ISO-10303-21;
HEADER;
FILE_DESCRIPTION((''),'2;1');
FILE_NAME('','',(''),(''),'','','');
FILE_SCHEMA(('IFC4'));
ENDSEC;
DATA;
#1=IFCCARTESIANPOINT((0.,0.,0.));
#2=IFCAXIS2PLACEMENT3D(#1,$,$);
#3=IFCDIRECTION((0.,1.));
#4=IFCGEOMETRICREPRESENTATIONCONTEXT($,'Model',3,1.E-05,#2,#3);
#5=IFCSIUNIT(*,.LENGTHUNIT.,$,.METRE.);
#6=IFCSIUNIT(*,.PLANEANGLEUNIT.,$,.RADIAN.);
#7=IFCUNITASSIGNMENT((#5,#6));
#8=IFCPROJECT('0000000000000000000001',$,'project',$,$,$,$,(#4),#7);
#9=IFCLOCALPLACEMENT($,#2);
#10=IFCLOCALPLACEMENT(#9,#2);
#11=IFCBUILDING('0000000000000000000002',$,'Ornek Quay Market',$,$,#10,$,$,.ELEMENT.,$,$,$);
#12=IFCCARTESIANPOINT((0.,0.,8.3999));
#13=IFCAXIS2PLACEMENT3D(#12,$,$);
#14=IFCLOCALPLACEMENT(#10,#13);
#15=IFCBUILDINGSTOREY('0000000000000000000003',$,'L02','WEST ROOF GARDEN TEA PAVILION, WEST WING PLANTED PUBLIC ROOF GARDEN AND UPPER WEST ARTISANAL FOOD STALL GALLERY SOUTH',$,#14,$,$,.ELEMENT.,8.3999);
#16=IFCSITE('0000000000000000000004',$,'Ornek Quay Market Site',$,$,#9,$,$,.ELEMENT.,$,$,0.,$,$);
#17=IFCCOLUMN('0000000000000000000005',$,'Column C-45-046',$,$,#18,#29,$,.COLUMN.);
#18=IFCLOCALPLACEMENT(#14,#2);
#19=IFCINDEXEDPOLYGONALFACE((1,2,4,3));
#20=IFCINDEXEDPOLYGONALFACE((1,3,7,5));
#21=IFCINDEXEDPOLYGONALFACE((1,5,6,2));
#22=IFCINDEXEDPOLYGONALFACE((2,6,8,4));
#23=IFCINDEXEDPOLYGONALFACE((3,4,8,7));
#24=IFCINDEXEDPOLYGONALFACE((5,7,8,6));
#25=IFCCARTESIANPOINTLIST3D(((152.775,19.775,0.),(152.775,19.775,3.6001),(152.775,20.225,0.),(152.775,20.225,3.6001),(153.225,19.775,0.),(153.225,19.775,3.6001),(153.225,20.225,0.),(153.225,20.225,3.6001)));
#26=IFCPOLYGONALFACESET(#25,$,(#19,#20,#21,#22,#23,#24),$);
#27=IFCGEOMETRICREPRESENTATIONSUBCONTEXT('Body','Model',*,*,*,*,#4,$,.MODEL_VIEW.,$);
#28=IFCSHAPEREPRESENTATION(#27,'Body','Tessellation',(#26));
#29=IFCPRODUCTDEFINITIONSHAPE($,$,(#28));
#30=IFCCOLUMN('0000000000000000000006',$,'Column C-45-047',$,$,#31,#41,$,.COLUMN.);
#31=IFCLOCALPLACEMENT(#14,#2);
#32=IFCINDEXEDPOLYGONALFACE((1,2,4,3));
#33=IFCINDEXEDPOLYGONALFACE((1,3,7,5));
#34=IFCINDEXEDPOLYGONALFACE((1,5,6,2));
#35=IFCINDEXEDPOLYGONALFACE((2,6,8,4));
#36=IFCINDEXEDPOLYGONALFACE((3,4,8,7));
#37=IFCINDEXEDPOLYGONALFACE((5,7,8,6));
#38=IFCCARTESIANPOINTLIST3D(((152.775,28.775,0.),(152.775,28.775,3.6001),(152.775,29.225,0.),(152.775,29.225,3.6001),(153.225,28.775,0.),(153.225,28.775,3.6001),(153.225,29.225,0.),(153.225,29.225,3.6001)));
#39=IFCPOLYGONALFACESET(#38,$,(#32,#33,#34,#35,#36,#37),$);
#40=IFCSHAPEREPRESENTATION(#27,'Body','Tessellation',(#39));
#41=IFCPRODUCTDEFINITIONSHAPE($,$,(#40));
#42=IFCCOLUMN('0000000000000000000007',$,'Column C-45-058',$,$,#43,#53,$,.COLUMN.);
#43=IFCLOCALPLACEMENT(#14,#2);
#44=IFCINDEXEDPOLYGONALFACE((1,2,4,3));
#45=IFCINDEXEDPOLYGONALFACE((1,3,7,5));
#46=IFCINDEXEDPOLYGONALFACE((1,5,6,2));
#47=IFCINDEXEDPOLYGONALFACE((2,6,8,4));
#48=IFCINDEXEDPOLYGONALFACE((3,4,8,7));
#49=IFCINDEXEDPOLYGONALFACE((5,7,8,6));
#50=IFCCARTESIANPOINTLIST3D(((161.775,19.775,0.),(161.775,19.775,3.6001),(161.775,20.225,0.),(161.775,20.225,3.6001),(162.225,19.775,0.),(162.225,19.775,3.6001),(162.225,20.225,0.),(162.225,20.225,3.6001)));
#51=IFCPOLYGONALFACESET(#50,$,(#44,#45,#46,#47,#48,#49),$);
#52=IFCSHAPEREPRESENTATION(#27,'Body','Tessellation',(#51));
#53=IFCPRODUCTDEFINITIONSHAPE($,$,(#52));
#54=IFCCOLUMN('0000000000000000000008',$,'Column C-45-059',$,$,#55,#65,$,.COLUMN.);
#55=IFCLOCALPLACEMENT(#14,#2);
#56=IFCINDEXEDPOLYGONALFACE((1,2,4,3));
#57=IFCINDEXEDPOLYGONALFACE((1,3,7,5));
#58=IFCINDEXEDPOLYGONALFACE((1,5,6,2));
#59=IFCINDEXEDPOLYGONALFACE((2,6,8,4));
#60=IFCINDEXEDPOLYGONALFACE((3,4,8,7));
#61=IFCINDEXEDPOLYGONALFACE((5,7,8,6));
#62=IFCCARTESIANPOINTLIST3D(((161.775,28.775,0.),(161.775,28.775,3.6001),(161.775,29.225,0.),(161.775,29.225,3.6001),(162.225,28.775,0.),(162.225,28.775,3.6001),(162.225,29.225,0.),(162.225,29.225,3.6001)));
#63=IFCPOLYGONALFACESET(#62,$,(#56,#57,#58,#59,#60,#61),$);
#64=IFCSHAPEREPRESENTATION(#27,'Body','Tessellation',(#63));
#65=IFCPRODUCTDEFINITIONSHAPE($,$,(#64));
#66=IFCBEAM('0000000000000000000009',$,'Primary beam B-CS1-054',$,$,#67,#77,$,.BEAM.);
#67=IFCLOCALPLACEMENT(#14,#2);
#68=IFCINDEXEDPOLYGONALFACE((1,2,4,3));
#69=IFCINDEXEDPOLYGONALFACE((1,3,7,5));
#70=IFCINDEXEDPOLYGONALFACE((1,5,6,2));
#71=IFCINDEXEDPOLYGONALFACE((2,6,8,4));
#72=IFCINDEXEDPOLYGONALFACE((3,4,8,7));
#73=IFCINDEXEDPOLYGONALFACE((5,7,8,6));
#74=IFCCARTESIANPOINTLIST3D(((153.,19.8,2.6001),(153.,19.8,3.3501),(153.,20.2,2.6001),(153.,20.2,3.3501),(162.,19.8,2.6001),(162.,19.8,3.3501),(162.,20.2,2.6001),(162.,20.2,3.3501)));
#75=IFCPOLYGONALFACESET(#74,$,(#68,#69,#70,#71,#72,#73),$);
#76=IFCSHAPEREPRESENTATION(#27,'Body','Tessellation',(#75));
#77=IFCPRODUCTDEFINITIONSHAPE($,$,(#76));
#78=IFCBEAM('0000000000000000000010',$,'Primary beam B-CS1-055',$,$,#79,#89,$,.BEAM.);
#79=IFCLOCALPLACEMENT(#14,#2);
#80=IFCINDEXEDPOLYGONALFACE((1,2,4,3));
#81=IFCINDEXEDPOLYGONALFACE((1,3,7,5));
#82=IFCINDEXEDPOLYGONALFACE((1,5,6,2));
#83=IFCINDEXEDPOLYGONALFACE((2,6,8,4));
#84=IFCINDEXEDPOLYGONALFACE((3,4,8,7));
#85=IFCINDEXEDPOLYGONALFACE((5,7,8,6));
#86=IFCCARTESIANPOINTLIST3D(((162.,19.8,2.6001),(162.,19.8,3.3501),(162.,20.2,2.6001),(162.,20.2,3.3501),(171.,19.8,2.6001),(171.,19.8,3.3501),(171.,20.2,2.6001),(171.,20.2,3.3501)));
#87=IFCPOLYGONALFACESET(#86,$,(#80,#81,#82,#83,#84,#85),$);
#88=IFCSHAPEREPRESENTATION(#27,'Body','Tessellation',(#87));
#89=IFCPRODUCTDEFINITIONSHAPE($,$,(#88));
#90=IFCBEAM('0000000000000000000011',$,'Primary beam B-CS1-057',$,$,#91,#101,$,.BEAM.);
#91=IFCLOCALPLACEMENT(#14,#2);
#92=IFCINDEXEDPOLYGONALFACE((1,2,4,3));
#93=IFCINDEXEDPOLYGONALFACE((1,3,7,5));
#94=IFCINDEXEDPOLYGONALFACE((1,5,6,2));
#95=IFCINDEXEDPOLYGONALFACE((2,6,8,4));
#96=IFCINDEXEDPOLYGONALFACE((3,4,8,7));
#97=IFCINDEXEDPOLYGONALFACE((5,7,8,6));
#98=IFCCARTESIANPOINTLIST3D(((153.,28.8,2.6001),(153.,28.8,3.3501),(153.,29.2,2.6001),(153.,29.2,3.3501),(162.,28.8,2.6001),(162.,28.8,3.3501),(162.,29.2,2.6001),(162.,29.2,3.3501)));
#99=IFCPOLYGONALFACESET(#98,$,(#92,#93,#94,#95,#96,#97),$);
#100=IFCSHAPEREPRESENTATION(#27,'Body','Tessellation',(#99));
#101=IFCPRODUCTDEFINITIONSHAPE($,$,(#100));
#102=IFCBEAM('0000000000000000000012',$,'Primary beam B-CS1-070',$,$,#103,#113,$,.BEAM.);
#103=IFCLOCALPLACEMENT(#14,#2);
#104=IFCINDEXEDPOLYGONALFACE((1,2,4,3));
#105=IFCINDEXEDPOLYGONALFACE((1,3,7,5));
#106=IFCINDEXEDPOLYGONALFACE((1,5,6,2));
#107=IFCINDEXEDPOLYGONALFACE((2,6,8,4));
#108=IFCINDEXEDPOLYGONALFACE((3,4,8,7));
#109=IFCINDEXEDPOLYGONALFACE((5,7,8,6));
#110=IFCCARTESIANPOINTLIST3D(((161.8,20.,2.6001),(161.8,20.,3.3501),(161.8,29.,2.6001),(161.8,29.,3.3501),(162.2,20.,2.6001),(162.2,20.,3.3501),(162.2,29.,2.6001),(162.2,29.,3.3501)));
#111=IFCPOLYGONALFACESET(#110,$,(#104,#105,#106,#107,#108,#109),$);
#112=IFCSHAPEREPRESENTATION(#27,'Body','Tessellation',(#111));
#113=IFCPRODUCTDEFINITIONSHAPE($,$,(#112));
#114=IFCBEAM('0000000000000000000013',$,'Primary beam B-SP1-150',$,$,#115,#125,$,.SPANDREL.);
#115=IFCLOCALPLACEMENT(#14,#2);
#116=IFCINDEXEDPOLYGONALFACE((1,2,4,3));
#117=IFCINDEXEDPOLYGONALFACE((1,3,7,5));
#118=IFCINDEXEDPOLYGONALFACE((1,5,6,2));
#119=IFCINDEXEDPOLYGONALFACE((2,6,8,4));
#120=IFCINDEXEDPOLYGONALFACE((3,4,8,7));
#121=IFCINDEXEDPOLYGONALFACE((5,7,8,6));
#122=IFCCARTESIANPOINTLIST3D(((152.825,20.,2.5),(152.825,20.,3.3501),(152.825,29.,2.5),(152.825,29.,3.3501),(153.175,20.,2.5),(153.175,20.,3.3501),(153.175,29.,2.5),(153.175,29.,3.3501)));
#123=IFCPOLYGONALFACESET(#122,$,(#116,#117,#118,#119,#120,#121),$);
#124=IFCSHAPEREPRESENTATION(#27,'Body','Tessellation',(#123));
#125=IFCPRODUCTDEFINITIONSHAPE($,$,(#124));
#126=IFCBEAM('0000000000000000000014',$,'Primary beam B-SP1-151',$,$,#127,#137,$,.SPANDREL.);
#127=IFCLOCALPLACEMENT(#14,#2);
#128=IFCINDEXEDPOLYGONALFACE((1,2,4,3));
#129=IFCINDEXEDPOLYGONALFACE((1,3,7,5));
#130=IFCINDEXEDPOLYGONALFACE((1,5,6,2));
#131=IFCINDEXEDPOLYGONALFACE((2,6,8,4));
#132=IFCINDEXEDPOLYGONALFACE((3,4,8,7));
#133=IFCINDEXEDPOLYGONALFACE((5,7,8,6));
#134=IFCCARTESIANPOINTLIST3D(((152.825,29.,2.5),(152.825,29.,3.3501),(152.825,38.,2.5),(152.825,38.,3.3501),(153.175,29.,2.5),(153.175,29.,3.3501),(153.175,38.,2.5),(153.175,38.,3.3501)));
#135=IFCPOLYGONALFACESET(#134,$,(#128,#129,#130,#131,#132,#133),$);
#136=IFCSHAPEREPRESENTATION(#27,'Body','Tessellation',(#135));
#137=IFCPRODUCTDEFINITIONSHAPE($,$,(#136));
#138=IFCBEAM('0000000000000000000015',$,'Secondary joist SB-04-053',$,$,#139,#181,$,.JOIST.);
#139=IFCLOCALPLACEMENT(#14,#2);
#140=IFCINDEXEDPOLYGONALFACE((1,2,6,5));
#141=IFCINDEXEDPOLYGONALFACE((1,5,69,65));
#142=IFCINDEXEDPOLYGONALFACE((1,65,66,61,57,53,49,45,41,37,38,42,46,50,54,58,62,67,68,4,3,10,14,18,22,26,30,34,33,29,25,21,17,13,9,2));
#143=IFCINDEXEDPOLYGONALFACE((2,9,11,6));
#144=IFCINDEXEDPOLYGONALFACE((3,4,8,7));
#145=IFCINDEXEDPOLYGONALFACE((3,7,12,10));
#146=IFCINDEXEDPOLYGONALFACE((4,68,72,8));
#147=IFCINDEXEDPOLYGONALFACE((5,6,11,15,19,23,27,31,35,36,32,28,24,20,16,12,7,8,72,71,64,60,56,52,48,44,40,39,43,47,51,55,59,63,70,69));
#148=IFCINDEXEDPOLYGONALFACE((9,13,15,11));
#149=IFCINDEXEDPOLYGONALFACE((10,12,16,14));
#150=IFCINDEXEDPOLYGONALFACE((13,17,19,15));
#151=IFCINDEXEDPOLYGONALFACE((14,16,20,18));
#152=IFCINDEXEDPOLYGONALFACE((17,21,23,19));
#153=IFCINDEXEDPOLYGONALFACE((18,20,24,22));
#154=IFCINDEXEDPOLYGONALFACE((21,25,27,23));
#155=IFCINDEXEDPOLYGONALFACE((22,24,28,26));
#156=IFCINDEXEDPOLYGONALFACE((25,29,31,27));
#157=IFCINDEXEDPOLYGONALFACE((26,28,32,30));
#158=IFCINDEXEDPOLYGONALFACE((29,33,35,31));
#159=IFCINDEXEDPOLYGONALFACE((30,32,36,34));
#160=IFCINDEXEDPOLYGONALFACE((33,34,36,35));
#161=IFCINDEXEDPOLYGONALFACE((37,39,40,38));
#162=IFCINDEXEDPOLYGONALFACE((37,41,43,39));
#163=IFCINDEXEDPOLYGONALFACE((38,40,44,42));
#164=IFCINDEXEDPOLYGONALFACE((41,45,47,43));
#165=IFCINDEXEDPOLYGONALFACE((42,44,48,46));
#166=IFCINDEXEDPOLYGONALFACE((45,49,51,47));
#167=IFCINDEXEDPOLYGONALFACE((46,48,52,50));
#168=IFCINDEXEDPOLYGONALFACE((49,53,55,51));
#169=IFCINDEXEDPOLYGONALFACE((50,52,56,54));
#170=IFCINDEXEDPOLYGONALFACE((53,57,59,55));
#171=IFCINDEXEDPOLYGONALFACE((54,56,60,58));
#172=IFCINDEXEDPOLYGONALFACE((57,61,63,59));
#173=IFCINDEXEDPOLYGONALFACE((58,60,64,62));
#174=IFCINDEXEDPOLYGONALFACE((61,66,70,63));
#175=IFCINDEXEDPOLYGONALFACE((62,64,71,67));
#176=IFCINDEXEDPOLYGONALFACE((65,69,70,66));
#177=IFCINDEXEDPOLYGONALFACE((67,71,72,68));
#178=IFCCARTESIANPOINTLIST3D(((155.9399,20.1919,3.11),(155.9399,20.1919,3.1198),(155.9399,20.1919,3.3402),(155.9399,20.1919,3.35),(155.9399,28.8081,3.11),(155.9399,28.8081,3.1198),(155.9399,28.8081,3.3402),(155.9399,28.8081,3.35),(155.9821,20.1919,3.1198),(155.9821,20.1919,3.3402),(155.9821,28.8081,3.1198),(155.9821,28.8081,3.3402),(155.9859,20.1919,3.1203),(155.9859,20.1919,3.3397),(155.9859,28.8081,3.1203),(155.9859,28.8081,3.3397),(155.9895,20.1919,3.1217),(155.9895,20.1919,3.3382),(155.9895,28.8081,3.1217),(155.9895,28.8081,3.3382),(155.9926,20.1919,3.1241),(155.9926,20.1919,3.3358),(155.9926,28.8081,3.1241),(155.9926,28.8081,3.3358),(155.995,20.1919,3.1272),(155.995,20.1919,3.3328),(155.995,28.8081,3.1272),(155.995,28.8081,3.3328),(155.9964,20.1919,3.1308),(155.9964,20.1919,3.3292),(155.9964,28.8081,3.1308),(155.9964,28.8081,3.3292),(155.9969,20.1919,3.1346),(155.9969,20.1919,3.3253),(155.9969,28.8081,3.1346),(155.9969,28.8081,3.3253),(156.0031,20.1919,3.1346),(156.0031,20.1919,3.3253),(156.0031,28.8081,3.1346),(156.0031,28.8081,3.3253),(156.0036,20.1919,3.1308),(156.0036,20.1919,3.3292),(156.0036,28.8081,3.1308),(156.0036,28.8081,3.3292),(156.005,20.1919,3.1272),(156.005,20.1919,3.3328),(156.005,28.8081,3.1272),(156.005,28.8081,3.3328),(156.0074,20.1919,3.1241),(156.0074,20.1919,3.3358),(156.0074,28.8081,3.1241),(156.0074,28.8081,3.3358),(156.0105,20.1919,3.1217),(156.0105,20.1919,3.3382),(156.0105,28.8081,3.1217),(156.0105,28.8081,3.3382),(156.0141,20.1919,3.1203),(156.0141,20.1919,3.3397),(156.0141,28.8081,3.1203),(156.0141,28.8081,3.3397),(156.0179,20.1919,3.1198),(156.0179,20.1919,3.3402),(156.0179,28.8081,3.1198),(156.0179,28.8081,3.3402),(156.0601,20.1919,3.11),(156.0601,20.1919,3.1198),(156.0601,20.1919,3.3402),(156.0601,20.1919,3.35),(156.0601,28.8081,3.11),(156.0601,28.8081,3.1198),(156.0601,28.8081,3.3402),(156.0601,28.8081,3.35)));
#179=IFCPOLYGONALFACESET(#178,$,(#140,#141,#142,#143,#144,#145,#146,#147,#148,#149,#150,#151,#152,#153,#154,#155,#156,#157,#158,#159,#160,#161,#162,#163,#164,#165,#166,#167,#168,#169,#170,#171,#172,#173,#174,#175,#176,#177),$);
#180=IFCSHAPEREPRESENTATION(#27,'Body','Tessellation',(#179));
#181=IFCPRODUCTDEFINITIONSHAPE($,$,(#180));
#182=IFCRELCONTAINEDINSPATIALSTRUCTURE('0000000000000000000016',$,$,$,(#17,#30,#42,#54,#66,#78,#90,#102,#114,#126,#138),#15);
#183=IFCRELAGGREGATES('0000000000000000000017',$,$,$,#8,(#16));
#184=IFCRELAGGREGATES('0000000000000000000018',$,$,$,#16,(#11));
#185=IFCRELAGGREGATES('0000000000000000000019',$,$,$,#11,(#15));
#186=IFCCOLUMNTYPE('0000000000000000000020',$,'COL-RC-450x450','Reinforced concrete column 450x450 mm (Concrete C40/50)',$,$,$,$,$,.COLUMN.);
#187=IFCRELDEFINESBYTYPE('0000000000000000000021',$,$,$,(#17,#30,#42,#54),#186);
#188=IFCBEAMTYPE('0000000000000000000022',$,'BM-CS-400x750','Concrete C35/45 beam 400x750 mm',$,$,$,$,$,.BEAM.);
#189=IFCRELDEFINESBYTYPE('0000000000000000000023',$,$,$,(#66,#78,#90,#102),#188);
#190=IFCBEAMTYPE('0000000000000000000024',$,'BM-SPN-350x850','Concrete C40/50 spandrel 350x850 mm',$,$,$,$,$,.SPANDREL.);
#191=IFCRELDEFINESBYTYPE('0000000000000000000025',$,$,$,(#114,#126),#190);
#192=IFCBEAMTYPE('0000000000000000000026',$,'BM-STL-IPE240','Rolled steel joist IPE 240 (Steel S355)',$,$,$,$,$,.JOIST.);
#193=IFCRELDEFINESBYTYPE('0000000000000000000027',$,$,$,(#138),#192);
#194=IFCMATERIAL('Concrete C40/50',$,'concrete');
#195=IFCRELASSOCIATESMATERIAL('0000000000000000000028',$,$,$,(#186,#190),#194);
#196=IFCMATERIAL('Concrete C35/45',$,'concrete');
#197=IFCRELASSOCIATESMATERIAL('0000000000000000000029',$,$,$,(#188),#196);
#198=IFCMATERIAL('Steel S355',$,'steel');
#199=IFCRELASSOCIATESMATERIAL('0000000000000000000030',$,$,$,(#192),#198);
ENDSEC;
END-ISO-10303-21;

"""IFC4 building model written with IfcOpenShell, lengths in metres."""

from ifc_helpers import new_model, si_unit, direction, frame, origin, origin_2d, place, context, subcontext, project, spatial, rectangle, i_section, extrude, material, material_profile, profile_set, type_object, element, save


model = new_model("IFC4")

# Units and contexts
model_context = context("Model", 3, precision=1e-05, world=origin(), true_north=direction((0.0, 1.0)))
body_context = subcontext(model_context, "Body", "Model", "MODEL_VIEW")
ifc_project = project(units=[si_unit("LENGTHUNIT", "METRE"), si_unit("PLANEANGLEUNIT", "RADIAN")], contexts=[model_context])

# Site, building, storey
site_placement = place(None, origin())
site = spatial("IfcSite", under=ifc_project, at=site_placement, Name="Ornek Quay Market Site", CompositionType="ELEMENT", RefElevation=0.0)
building_placement = place(site_placement, origin())
building = spatial("IfcBuilding", under=site, at=building_placement, Name="Ornek Quay Market", CompositionType="ELEMENT")
storey_placement = place(building_placement, frame((0.0, 0.0, 8.3999)))
storey = spatial("IfcBuildingStorey", under=building, at=storey_placement, Name="L02", Description="WEST ROOF GARDEN TEA PAVILION, WEST WING PLANTED PUBLIC ROOF GARDEN AND UPPER WEST ARTISANAL FOOD STALL GALLERY SOUTH", CompositionType="ELEMENT", Elevation=8.3999)

# Columns
ifc_material_1 = material(Name="Concrete C40/50", Category="concrete")
ifc_material_profile_1 = material_profile(ifc_material_1, rectangle(XDim=0.45, YDim=0.45, at=origin_2d()), Name="RC 450x450", Category="concrete")
ifc_profile_set_1 = profile_set([ifc_material_profile_1], Name="Concrete C40/50")
column_type = type_object("IfcColumnType", Name="COL-RC-450x450", Description="Reinforced concrete column 450x450 mm (Concrete C40/50)", PredefinedType="COLUMN", material=ifc_profile_set_1)
for number, where, z_axis, x_axis, name in (
    (1, (153.0, 20.0, 0.0), (0.0, 0.0, 1.0), (1.0, 0.0, 0.0), "Column C-45-046"),
    (2, (153.0, 29.0, 0.0), (0.0, 0.0, 1.0), (1.0, 0.0, 0.0), "Column C-45-047"),
    (3, (162.0, 20.0, 0.0), (0.0, 0.0, 1.0), (1.0, 0.0, 0.0), "Column C-45-058"),
    (4, (162.0, 29.0, 0.0), (0.0, 0.0, 1.0), (1.0, 0.0, 0.0), "Column C-45-059"),
):
    element("IfcColumn", number, at=place(storey_placement, frame(where, z_axis=z_axis, x_axis=x_axis)), inside=storey, type_object=column_type, Name=name, PredefinedType="COLUMN", context=body_context, shape_type="SweptSolid", body=[
        extrude(rectangle(XDim=0.45, YDim=0.45, at=origin_2d()), origin(), (0.0, 0.0, 1.0), 3.6001),
    ])

# Beams
ifc_material_2 = material(Name="Concrete C35/45", Category="concrete")
ifc_material_profile_2 = material_profile(ifc_material_2, rectangle(XDim=0.3999, YDim=0.75, at=origin_2d()), Name="RC 400x750", Category="concrete")
ifc_profile_set_2 = profile_set([ifc_material_profile_2], Name="Concrete C35/45")
beam_type_1 = type_object("IfcBeamType", Name="BM-CS-400x750", Description="Concrete C35/45 beam 400x750 mm", PredefinedType="BEAM", material=ifc_profile_set_2)
for number, where, z_axis, x_axis, name in (
    (5, (153.0, 20.0, 2.9751), (1.0, 0.0, 0.0), (0.0, 1.0, 0.0), "Primary beam B-CS1-054"),
    (6, (162.0, 20.0, 2.9751), (1.0, 0.0, 0.0), (0.0, 1.0, 0.0), "Primary beam B-CS1-055"),
    (7, (153.0, 29.0, 2.9751), (1.0, 0.0, 0.0), (0.0, 1.0, 0.0), "Primary beam B-CS1-057"),
    (8, (162.0, 20.0, 2.9751), (0.0, 1.0, 0.0), (-1.0, 0.0, 0.0), "Primary beam B-CS1-070"),
):
    element("IfcBeam", number, at=place(storey_placement, frame(where, z_axis=z_axis, x_axis=x_axis)), inside=storey, type_object=beam_type_1, Name=name, PredefinedType="BEAM", context=body_context, shape_type="SweptSolid", body=[
        extrude(rectangle(XDim=0.3999, YDim=0.75, at=origin_2d()), origin(), (0.0, 0.0, 1.0), 9.0),
    ])
ifc_material_profile_3 = material_profile(ifc_material_1, rectangle(XDim=0.3501, YDim=0.8501, at=origin_2d()), Name="RC 350x850", Category="concrete")
ifc_profile_set_3 = profile_set([ifc_material_profile_3], Name="Concrete C40/50")
beam_type_2 = type_object("IfcBeamType", Name="BM-SPN-350x850", Description="Concrete C40/50 spandrel 350x850 mm", PredefinedType="SPANDREL", material=ifc_profile_set_3)
for number, where, z_axis, x_axis, name in (
    (9, (153.0, 20.0, 2.925), (0.0, 1.0, 0.0), (-1.0, 0.0, 0.0), "Primary beam B-SP1-150"),
    (10, (153.0, 29.0, 2.925), (0.0, 1.0, 0.0), (-1.0, 0.0, 0.0), "Primary beam B-SP1-151"),
):
    element("IfcBeam", number, at=place(storey_placement, frame(where, z_axis=z_axis, x_axis=x_axis)), inside=storey, type_object=beam_type_2, Name=name, PredefinedType="SPANDREL", context=body_context, shape_type="SweptSolid", body=[
        extrude(rectangle(XDim=0.3501, YDim=0.8501, at=origin_2d()), origin(), (0.0, 0.0, 1.0), 9.0),
    ])
ifc_material_3 = material(Name="Steel S355", Category="steel")
ifc_material_profile_4 = material_profile(ifc_material_3, i_section(OverallWidth=0.1201, OverallDepth=0.24, WebThickness=0.0061, FlangeThickness=0.0098, FilletRadius=0.0149, at=origin_2d()), Name="IPE 240", Category="steel")
ifc_profile_set_4 = profile_set([ifc_material_profile_4], Name="Steel S355")
beam_type_3 = type_object("IfcBeamType", Name="BM-STL-IPE240", Description="Rolled steel joist IPE 240 (Steel S355)", PredefinedType="JOIST", material=ifc_profile_set_4)
for number, where, z_axis, x_axis, name in (
    (11, (156.0, 20.1919, 3.23), (0.0, 1.0, 0.0), (-1.0, 0.0, 0.0), "Secondary joist SB-04-053"),
):
    element("IfcBeam", number, at=place(storey_placement, frame(where, z_axis=z_axis, x_axis=x_axis)), inside=storey, type_object=beam_type_3, Name=name, PredefinedType="JOIST", context=body_context, shape_type="SweptSolid", body=[
        extrude(i_section(OverallWidth=0.1201, OverallDepth=0.24, WebThickness=0.0061, FlangeThickness=0.0098, FilletRadius=0.0149, at=origin_2d()), origin(), (0.0, 0.0, 1.0), 8.6162),
    ])

save(model, "model.ifc")
